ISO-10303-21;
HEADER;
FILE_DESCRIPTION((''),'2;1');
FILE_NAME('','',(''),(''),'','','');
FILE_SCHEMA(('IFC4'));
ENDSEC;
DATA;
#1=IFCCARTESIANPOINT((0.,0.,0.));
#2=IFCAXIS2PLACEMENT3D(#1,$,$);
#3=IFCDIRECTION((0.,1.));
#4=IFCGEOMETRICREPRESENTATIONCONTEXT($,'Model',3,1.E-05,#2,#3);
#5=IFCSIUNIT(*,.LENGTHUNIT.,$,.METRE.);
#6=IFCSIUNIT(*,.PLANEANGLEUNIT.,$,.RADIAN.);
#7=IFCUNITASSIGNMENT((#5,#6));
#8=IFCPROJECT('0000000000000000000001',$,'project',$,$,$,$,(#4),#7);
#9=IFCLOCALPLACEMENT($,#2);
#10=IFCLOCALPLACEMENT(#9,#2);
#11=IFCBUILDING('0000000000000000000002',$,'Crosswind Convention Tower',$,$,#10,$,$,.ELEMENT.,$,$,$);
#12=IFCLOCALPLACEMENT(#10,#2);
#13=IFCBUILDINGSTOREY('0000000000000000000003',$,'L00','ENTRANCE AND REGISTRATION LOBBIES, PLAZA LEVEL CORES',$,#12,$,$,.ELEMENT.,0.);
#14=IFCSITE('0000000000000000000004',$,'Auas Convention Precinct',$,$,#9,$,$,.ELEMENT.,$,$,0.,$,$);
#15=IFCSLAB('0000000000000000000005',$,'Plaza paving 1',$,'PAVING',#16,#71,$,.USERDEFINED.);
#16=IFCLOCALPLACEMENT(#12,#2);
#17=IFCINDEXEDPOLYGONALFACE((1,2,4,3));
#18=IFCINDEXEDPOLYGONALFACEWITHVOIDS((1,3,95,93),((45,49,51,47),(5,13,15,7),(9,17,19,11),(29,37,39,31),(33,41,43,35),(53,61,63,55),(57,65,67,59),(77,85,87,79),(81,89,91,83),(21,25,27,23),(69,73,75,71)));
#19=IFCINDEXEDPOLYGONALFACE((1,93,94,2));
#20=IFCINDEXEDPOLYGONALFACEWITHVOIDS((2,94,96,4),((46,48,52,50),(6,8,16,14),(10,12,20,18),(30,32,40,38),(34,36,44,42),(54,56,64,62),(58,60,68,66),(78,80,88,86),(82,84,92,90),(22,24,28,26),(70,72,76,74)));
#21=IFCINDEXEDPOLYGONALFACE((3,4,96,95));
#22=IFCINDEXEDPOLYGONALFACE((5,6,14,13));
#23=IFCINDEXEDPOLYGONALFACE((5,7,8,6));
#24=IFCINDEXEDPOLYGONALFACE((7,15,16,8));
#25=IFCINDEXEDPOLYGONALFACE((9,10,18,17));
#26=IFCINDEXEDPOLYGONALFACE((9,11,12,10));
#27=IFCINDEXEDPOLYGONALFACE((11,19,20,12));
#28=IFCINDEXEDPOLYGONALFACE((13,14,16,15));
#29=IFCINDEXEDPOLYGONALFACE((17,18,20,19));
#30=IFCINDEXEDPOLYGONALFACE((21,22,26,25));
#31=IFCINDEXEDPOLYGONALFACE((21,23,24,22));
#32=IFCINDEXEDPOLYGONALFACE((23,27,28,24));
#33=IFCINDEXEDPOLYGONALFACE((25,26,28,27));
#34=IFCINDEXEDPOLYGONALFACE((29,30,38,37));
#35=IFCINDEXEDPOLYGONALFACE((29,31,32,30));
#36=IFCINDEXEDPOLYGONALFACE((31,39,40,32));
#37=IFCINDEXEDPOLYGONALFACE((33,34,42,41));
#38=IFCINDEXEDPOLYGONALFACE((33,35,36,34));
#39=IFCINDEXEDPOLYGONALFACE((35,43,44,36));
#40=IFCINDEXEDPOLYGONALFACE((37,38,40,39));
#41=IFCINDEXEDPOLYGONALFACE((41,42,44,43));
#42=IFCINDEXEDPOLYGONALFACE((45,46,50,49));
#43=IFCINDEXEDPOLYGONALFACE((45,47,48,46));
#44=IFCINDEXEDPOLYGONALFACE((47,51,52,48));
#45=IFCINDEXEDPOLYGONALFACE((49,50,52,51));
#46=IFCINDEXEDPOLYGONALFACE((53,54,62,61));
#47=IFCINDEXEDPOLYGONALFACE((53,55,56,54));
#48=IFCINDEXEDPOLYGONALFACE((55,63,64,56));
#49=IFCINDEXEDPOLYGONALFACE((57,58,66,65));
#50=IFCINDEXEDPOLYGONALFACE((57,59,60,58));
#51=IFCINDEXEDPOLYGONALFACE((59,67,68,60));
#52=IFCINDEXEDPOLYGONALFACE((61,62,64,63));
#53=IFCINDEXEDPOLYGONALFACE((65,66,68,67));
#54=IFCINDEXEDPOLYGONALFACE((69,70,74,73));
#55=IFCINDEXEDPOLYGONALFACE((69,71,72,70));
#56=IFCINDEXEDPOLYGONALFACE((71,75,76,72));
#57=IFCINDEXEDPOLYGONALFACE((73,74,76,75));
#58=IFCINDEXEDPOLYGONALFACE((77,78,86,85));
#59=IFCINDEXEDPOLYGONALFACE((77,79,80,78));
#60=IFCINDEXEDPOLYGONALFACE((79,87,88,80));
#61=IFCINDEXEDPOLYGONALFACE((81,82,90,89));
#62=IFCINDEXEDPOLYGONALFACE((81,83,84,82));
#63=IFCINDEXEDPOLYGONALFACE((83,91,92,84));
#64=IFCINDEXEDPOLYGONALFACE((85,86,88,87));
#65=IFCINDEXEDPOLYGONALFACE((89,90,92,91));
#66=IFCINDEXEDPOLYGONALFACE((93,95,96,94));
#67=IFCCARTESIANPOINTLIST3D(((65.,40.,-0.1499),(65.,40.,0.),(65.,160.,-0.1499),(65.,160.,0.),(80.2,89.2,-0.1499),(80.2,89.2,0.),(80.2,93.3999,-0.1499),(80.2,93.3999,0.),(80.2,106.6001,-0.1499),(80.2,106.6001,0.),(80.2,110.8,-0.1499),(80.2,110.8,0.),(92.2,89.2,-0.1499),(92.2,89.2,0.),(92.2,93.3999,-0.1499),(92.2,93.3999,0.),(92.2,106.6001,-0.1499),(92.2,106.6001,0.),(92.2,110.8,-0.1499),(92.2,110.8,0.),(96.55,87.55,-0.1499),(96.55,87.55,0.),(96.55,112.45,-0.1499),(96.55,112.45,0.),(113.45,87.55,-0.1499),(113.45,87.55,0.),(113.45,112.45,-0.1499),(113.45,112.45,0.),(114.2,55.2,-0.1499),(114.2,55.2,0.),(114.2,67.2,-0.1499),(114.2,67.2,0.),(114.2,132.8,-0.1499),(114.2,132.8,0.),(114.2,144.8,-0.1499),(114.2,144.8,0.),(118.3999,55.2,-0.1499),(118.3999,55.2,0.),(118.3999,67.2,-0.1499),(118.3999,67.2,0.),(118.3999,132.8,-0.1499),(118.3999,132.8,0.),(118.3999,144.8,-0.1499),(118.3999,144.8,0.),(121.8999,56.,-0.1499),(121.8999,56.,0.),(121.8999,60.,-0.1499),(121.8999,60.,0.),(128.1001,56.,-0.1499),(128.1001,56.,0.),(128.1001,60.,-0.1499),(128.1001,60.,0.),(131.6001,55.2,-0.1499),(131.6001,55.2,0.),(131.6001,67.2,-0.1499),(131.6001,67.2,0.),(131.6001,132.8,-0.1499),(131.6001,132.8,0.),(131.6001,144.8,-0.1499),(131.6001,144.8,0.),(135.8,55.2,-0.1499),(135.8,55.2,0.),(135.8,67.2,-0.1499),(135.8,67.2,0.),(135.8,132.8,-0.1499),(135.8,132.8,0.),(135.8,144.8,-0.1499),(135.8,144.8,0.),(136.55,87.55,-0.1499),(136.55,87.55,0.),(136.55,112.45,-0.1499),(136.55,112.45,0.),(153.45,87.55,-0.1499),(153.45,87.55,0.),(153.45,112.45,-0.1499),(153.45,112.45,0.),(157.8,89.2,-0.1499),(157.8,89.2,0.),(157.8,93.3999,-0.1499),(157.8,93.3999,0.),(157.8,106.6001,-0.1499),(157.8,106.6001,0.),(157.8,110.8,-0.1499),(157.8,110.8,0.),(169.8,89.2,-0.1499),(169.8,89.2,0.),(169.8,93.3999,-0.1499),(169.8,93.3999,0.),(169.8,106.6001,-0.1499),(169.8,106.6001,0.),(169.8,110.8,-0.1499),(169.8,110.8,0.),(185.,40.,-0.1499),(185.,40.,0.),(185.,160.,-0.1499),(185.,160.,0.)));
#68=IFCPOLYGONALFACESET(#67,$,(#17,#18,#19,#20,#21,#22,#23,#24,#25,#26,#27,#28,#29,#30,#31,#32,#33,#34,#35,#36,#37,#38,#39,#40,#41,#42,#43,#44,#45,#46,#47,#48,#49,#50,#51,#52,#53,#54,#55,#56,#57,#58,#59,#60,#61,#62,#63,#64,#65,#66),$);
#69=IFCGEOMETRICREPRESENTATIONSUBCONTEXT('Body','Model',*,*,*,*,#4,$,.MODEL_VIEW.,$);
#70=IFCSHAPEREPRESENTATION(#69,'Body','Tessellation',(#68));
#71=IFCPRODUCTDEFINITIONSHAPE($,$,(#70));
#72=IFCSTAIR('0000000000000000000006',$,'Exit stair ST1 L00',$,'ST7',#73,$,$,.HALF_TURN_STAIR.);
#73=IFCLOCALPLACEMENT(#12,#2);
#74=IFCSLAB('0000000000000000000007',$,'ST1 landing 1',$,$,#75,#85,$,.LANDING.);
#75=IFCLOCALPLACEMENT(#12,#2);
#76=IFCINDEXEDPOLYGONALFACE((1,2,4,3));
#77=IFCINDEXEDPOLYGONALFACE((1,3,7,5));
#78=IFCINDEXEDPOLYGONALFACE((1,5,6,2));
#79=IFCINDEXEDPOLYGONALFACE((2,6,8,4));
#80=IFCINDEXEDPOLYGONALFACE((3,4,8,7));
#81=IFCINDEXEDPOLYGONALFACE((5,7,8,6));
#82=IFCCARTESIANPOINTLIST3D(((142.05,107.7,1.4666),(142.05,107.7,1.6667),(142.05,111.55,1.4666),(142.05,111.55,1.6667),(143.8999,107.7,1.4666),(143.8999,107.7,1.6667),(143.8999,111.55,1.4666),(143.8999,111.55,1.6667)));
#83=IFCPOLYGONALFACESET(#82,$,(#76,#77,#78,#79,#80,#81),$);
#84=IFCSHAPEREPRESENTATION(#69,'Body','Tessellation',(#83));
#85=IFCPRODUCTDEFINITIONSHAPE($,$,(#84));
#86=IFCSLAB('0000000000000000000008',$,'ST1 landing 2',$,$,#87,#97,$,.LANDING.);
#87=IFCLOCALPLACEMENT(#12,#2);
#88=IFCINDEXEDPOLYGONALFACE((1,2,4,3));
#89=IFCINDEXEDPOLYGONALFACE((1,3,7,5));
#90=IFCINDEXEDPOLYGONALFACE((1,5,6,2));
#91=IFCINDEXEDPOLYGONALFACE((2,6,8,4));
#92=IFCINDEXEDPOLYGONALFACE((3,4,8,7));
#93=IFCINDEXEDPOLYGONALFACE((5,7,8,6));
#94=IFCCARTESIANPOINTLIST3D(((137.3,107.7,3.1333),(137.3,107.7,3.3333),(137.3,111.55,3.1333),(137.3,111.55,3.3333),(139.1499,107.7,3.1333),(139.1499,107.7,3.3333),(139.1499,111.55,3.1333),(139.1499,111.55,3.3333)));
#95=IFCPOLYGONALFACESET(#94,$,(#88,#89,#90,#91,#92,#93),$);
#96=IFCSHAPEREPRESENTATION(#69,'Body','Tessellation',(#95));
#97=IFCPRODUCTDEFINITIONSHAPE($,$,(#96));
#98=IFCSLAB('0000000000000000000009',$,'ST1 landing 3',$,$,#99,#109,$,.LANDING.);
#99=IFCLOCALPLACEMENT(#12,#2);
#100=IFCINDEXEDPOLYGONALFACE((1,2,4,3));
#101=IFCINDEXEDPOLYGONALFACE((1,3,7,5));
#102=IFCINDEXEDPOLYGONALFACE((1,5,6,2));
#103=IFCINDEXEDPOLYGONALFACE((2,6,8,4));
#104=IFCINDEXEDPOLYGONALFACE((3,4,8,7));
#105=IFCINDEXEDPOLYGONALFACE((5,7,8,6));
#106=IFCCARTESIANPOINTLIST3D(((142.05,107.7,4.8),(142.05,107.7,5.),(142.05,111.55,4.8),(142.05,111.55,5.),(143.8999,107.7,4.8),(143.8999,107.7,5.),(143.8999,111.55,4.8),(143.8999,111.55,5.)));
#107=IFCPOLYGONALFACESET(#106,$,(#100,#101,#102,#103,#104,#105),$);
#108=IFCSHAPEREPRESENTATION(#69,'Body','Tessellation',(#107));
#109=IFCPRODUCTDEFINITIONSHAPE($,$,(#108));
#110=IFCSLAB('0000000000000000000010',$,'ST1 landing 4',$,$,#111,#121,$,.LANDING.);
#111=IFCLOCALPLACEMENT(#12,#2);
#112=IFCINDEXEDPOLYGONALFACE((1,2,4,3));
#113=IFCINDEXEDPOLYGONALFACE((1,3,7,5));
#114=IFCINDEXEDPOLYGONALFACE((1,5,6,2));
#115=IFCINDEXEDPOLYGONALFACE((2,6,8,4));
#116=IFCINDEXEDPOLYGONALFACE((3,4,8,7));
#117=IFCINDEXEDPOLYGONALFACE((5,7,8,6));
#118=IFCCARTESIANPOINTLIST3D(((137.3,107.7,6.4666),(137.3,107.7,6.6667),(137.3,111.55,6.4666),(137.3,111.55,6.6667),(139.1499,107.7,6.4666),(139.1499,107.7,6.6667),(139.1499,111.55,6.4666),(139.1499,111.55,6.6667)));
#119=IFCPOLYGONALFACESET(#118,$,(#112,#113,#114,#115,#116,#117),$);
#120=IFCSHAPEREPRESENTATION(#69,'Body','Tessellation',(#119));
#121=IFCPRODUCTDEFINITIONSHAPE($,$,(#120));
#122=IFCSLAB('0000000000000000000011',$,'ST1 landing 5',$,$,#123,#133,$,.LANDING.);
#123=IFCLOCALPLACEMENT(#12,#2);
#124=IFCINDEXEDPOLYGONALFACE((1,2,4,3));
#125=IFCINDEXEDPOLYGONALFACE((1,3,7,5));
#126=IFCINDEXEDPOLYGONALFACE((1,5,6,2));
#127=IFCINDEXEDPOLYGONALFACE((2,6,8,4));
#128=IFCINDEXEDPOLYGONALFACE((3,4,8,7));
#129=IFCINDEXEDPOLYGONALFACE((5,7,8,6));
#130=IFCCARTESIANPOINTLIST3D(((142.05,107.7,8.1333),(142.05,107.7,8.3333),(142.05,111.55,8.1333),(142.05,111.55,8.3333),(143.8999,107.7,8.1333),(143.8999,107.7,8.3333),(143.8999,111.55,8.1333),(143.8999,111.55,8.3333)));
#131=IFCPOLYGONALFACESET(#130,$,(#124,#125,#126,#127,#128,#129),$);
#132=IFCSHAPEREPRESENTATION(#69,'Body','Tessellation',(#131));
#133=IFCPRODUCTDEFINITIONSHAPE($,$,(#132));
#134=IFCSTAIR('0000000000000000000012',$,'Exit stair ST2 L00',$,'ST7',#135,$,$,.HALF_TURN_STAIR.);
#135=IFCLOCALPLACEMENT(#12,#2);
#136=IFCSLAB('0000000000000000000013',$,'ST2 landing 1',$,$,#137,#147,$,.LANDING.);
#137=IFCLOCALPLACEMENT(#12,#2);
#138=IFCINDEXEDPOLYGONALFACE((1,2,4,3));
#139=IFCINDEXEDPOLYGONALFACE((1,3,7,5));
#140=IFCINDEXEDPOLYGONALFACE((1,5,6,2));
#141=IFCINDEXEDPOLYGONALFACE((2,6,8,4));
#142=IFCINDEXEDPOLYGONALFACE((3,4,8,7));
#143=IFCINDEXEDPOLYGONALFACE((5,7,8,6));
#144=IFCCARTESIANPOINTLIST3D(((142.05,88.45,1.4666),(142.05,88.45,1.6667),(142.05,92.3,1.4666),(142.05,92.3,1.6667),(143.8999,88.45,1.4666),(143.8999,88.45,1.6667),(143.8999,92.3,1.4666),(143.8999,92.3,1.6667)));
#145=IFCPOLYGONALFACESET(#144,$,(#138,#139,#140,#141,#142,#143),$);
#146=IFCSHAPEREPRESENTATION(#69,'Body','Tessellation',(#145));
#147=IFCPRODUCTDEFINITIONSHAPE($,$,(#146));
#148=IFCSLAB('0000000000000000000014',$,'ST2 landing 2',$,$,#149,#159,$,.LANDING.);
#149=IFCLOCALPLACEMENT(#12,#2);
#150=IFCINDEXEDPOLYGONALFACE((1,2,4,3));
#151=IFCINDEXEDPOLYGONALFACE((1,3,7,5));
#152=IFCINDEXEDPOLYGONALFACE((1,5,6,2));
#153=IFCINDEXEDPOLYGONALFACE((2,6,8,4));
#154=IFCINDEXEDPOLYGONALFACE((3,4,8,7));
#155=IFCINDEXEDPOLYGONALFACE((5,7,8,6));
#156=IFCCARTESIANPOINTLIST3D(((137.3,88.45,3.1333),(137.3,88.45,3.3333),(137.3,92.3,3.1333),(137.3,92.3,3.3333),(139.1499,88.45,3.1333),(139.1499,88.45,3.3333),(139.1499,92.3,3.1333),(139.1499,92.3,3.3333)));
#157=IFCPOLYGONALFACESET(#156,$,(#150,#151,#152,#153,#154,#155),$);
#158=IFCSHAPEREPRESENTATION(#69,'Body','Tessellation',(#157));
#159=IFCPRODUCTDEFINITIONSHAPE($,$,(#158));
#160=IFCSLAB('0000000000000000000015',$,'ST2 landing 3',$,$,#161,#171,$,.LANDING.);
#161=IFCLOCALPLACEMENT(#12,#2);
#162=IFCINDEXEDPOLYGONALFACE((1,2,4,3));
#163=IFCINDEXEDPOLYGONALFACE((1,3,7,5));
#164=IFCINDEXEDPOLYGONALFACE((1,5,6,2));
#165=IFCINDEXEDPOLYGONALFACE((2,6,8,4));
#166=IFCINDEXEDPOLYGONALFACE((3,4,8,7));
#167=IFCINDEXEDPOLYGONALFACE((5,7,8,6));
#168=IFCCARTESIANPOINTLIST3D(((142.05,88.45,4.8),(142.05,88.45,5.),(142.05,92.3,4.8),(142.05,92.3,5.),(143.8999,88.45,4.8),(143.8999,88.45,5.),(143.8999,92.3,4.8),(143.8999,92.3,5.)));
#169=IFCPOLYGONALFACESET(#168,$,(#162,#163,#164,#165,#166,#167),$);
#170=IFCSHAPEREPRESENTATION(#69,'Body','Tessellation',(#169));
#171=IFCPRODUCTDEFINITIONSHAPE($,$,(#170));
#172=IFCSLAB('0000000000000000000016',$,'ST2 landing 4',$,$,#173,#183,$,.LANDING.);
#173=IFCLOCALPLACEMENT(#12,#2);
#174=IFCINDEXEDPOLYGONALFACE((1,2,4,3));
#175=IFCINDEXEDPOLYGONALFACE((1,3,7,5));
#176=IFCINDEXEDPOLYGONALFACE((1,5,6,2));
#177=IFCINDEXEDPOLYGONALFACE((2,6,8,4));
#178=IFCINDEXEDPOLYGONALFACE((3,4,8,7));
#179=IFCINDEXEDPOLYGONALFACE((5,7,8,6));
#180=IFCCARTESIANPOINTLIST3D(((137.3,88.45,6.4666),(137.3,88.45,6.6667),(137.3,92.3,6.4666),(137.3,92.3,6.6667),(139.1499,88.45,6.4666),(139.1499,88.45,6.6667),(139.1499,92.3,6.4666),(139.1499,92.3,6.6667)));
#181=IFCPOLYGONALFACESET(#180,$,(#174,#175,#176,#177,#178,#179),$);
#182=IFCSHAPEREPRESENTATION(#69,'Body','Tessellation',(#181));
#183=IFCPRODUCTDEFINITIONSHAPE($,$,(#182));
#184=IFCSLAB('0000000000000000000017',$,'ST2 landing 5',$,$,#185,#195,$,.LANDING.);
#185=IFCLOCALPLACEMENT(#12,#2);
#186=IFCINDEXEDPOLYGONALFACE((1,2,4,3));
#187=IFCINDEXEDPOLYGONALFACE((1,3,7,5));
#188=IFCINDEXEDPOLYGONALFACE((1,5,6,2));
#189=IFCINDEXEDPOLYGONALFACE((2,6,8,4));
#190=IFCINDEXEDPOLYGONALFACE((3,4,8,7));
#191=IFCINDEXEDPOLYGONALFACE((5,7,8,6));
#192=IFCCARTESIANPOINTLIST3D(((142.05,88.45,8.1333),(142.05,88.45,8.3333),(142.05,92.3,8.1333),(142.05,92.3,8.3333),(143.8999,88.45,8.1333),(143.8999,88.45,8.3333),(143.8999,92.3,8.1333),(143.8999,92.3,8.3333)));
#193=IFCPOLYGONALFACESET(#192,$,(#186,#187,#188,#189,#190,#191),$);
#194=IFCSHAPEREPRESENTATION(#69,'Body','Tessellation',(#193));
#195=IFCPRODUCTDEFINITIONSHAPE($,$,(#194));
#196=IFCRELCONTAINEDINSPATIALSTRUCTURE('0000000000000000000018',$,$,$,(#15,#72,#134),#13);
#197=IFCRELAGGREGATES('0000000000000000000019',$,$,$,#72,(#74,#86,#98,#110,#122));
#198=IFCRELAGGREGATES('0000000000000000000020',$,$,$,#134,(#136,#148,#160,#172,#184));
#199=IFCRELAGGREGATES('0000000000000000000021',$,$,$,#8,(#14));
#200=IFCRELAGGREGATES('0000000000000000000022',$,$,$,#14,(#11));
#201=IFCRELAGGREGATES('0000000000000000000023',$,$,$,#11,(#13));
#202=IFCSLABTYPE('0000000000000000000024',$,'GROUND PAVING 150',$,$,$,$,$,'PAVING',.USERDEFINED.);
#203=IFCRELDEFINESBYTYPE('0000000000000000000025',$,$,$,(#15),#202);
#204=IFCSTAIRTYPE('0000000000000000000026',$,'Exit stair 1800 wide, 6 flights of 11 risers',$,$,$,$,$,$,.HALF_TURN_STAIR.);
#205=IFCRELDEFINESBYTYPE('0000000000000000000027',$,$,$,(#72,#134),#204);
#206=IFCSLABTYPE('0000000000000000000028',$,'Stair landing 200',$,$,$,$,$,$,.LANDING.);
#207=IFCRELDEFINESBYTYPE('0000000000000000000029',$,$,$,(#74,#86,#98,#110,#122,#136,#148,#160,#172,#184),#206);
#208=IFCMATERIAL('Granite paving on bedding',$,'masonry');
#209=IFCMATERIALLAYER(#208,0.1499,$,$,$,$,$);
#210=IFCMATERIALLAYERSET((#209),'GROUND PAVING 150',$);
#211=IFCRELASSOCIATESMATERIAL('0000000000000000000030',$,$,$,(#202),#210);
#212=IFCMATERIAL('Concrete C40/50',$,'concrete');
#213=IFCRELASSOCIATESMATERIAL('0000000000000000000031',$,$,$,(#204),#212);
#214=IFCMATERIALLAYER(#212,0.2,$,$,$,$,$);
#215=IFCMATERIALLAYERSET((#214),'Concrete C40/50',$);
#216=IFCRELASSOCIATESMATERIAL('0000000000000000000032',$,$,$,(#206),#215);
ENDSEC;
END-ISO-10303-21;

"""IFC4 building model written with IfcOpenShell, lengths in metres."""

from ifc_helpers import new_model, si_unit, direction, frame, origin, place, context, subcontext, project, spatial, polyline, outline, extrude, material, layer, layer_set, type_object, element, aggregate, save


model = new_model("IFC4")

# Units and contexts
model_context = context("Model", 3, precision=1e-05, world=origin(), true_north=direction((0.0, 1.0)))
body_context = subcontext(model_context, "Body", "Model", "MODEL_VIEW")
ifc_project = project(units=[si_unit("LENGTHUNIT", "METRE"), si_unit("PLANEANGLEUNIT", "RADIAN")], contexts=[model_context])

# Site, building, storey
site_placement = place(None, origin())
site = spatial("IfcSite", under=ifc_project, at=site_placement, Name="Auas Convention Precinct", CompositionType="ELEMENT", RefElevation=0.0)
building_placement = place(site_placement, origin())
building = spatial("IfcBuilding", under=site, at=building_placement, Name="Crosswind Convention Tower", CompositionType="ELEMENT")
storey_placement = place(building_placement, origin())
storey = spatial("IfcBuildingStorey", under=building, at=storey_placement, Name="L00", Description="ENTRANCE AND REGISTRATION LOBBIES, PLAZA LEVEL CORES", CompositionType="ELEMENT", Elevation=0.0)

# Shared definitions
ifc_material_1 = material(Name="Concrete C40/50", Category="concrete")

# Slab
ifc_material_2 = material(Name="Granite paving on bedding", Category="masonry")
ifc_layer_1 = layer(ifc_material_2, 0.1499)
ifc_layer_set_1 = layer_set([ifc_layer_1], Name="GROUND PAVING 150")
slab_type_1 = type_object("IfcSlabType", Name="GROUND PAVING 150", ElementType="PAVING", PredefinedType="USERDEFINED", material=ifc_layer_set_1)
slab_1_placement = place(storey_placement, frame((0.0, 0.0, -0.1499)))
element("IfcSlab", 1, at=slab_1_placement, inside=storey, type_object=slab_type_1, Name="Plaza paving 1", ObjectType="PAVING", PredefinedType="USERDEFINED", context=body_context, shape_type="SweptSolid", body=[
    extrude(outline(polyline([(65.0, 40.0), (65.0, 160.0), (185.0, 160.0), (185.0, 40.0), (65.0, 40.0)]), holes=[polyline([(128.1001, 60.0), (121.8999, 60.0), (121.8999, 56.0), (128.1001, 56.0), (128.1001, 60.0)]), polyline([(118.3999, 67.2), (114.2, 67.2), (114.2, 55.2), (118.3999, 55.2), (118.3999, 67.2)]), polyline([(92.2, 89.2), (92.2, 93.3999), (80.2, 93.3999), (80.2, 89.2), (92.2, 89.2)]), polyline([(113.45, 112.45), (96.55, 112.45), (96.55, 87.55), (113.45, 87.55), (113.45, 112.45)]), polyline([(92.2, 106.6001), (92.2, 110.8), (80.2, 110.8), (80.2, 106.6001), (92.2, 106.6001)]), polyline([(114.2, 132.8), (118.3999, 132.8), (118.3999, 144.8), (114.2, 144.8), (114.2, 132.8)]), polyline([(135.8, 67.2), (131.6001, 67.2), (131.6001, 55.2), (135.8, 55.2), (135.8, 67.2)]), polyline([(169.8, 93.3999), (157.8, 93.3999), (157.8, 89.2), (169.8, 89.2), (169.8, 93.3999)]), polyline([(153.45, 112.45), (136.55, 112.45), (136.55, 87.55), (153.45, 87.55), (153.45, 112.45)]), polyline([(169.8, 110.8), (157.8, 110.8), (157.8, 106.6001), (169.8, 106.6001), (169.8, 110.8)]), polyline([(135.8, 144.8), (131.6001, 144.8), (131.6001, 132.8), (135.8, 132.8), (135.8, 144.8)])]), origin(), (0.0, 0.0, 1.0), 0.1499),
])

# Stairs, slabs
stair_type = type_object("IfcStairType", Name="Exit stair 1800 wide, 6 flights of 11 risers", PredefinedType="HALF_TURN_STAIR", material=ifc_material_1)
stair_1_placement = place(storey_placement, origin())
stair_1 = element("IfcStair", 2, at=stair_1_placement, inside=storey, type_object=stair_type, Name="Exit stair ST1 L00", ObjectType="ST7", PredefinedType="HALF_TURN_STAIR")
ifc_layer_2 = layer(ifc_material_1, 0.2)
ifc_layer_set_2 = layer_set([ifc_layer_2], Name="Concrete C40/50")
slab_type_2 = type_object("IfcSlabType", Name="Stair landing 200", PredefinedType="LANDING", material=ifc_layer_set_2)
slab_2_placement = place(storey_placement, frame((0.0, 0.0, 1.4666)))
slab_2 = element("IfcSlab", 3, at=slab_2_placement, type_object=slab_type_2, Name="ST1 landing 1", PredefinedType="LANDING", context=body_context, shape_type="SweptSolid", body=[
    extrude(outline(polyline([(143.8999, 107.7), (143.8999, 111.55), (142.05, 111.55), (142.05, 107.7), (143.8999, 107.7)])), origin(), (0.0, 0.0, 1.0), 0.2002),
])
slab_3_placement = place(storey_placement, frame((0.0, 0.0, 3.1333)))
slab_3 = element("IfcSlab", 4, at=slab_3_placement, type_object=slab_type_2, Name="ST1 landing 2", PredefinedType="LANDING", context=body_context, shape_type="SweptSolid", body=[
    extrude(outline(polyline([(139.1499, 107.7), (139.1499, 111.55), (137.3, 111.55), (137.3, 107.7), (139.1499, 107.7)])), origin(), (0.0, 0.0, 1.0), 0.2),
])
slab_4_placement = place(storey_placement, frame((0.0, 0.0, 4.8)))
slab_4 = element("IfcSlab", 5, at=slab_4_placement, type_object=slab_type_2, Name="ST1 landing 3", PredefinedType="LANDING", context=body_context, shape_type="SweptSolid", body=[
    extrude(outline(polyline([(143.8999, 107.7), (143.8999, 111.55), (142.05, 111.55), (142.05, 107.7), (143.8999, 107.7)])), origin(), (0.0, 0.0, 1.0), 0.2),
])
slab_5_placement = place(storey_placement, frame((0.0, 0.0, 6.4666)))
slab_5 = element("IfcSlab", 6, at=slab_5_placement, type_object=slab_type_2, Name="ST1 landing 4", PredefinedType="LANDING", context=body_context, shape_type="SweptSolid", body=[
    extrude(outline(polyline([(139.1499, 107.7), (139.1499, 111.55), (137.3, 111.55), (137.3, 107.7), (139.1499, 107.7)])), origin(), (0.0, 0.0, 1.0), 0.2002),
])
slab_6_placement = place(storey_placement, frame((0.0, 0.0, 8.1333)))
slab_6 = element("IfcSlab", 7, at=slab_6_placement, type_object=slab_type_2, Name="ST1 landing 5", PredefinedType="LANDING", context=body_context, shape_type="SweptSolid", body=[
    extrude(outline(polyline([(143.8999, 107.7), (143.8999, 111.55), (142.05, 111.55), (142.05, 107.7), (143.8999, 107.7)])), origin(), (0.0, 0.0, 1.0), 0.2),
])
aggregate(stair_1, [slab_2, slab_3, slab_4, slab_5, slab_6])
stair_2_placement = place(storey_placement, origin())
stair_2 = element("IfcStair", 8, at=stair_2_placement, inside=storey, type_object=stair_type, Name="Exit stair ST2 L00", ObjectType="ST7", PredefinedType="HALF_TURN_STAIR")
slab_7_placement = place(storey_placement, frame((0.0, 0.0, 1.4666)))
slab_7 = element("IfcSlab", 9, at=slab_7_placement, type_object=slab_type_2, Name="ST2 landing 1", PredefinedType="LANDING", context=body_context, shape_type="SweptSolid", body=[
    extrude(outline(polyline([(143.8999, 88.45), (143.8999, 92.3), (142.05, 92.3), (142.05, 88.45), (143.8999, 88.45)])), origin(), (0.0, 0.0, 1.0), 0.2002),
])
slab_8_placement = place(storey_placement, frame((0.0, 0.0, 3.1333)))
slab_8 = element("IfcSlab", 10, at=slab_8_placement, type_object=slab_type_2, Name="ST2 landing 2", PredefinedType="LANDING", context=body_context, shape_type="SweptSolid", body=[
    extrude(outline(polyline([(139.1499, 88.45), (139.1499, 92.3), (137.3, 92.3), (137.3, 88.45), (139.1499, 88.45)])), origin(), (0.0, 0.0, 1.0), 0.2),
])
slab_9_placement = place(storey_placement, frame((0.0, 0.0, 4.8)))
slab_9 = element("IfcSlab", 11, at=slab_9_placement, type_object=slab_type_2, Name="ST2 landing 3", PredefinedType="LANDING", context=body_context, shape_type="SweptSolid", body=[
    extrude(outline(polyline([(143.8999, 88.45), (143.8999, 92.3), (142.05, 92.3), (142.05, 88.45), (143.8999, 88.45)])), origin(), (0.0, 0.0, 1.0), 0.2),
])
slab_10_placement = place(storey_placement, frame((0.0, 0.0, 6.4666)))
slab_10 = element("IfcSlab", 12, at=slab_10_placement, type_object=slab_type_2, Name="ST2 landing 4", PredefinedType="LANDING", context=body_context, shape_type="SweptSolid", body=[
    extrude(outline(polyline([(139.1499, 88.45), (139.1499, 92.3), (137.3, 92.3), (137.3, 88.45), (139.1499, 88.45)])), origin(), (0.0, 0.0, 1.0), 0.2002),
])
slab_11_placement = place(storey_placement, frame((0.0, 0.0, 8.1333)))
slab_11 = element("IfcSlab", 13, at=slab_11_placement, type_object=slab_type_2, Name="ST2 landing 5", PredefinedType="LANDING", context=body_context, shape_type="SweptSolid", body=[
    extrude(outline(polyline([(143.8999, 88.45), (143.8999, 92.3), (142.05, 92.3), (142.05, 88.45), (143.8999, 88.45)])), origin(), (0.0, 0.0, 1.0), 0.2),
])
aggregate(stair_2, [slab_7, slab_8, slab_9, slab_10, slab_11])

save(model, "model.ifc")
